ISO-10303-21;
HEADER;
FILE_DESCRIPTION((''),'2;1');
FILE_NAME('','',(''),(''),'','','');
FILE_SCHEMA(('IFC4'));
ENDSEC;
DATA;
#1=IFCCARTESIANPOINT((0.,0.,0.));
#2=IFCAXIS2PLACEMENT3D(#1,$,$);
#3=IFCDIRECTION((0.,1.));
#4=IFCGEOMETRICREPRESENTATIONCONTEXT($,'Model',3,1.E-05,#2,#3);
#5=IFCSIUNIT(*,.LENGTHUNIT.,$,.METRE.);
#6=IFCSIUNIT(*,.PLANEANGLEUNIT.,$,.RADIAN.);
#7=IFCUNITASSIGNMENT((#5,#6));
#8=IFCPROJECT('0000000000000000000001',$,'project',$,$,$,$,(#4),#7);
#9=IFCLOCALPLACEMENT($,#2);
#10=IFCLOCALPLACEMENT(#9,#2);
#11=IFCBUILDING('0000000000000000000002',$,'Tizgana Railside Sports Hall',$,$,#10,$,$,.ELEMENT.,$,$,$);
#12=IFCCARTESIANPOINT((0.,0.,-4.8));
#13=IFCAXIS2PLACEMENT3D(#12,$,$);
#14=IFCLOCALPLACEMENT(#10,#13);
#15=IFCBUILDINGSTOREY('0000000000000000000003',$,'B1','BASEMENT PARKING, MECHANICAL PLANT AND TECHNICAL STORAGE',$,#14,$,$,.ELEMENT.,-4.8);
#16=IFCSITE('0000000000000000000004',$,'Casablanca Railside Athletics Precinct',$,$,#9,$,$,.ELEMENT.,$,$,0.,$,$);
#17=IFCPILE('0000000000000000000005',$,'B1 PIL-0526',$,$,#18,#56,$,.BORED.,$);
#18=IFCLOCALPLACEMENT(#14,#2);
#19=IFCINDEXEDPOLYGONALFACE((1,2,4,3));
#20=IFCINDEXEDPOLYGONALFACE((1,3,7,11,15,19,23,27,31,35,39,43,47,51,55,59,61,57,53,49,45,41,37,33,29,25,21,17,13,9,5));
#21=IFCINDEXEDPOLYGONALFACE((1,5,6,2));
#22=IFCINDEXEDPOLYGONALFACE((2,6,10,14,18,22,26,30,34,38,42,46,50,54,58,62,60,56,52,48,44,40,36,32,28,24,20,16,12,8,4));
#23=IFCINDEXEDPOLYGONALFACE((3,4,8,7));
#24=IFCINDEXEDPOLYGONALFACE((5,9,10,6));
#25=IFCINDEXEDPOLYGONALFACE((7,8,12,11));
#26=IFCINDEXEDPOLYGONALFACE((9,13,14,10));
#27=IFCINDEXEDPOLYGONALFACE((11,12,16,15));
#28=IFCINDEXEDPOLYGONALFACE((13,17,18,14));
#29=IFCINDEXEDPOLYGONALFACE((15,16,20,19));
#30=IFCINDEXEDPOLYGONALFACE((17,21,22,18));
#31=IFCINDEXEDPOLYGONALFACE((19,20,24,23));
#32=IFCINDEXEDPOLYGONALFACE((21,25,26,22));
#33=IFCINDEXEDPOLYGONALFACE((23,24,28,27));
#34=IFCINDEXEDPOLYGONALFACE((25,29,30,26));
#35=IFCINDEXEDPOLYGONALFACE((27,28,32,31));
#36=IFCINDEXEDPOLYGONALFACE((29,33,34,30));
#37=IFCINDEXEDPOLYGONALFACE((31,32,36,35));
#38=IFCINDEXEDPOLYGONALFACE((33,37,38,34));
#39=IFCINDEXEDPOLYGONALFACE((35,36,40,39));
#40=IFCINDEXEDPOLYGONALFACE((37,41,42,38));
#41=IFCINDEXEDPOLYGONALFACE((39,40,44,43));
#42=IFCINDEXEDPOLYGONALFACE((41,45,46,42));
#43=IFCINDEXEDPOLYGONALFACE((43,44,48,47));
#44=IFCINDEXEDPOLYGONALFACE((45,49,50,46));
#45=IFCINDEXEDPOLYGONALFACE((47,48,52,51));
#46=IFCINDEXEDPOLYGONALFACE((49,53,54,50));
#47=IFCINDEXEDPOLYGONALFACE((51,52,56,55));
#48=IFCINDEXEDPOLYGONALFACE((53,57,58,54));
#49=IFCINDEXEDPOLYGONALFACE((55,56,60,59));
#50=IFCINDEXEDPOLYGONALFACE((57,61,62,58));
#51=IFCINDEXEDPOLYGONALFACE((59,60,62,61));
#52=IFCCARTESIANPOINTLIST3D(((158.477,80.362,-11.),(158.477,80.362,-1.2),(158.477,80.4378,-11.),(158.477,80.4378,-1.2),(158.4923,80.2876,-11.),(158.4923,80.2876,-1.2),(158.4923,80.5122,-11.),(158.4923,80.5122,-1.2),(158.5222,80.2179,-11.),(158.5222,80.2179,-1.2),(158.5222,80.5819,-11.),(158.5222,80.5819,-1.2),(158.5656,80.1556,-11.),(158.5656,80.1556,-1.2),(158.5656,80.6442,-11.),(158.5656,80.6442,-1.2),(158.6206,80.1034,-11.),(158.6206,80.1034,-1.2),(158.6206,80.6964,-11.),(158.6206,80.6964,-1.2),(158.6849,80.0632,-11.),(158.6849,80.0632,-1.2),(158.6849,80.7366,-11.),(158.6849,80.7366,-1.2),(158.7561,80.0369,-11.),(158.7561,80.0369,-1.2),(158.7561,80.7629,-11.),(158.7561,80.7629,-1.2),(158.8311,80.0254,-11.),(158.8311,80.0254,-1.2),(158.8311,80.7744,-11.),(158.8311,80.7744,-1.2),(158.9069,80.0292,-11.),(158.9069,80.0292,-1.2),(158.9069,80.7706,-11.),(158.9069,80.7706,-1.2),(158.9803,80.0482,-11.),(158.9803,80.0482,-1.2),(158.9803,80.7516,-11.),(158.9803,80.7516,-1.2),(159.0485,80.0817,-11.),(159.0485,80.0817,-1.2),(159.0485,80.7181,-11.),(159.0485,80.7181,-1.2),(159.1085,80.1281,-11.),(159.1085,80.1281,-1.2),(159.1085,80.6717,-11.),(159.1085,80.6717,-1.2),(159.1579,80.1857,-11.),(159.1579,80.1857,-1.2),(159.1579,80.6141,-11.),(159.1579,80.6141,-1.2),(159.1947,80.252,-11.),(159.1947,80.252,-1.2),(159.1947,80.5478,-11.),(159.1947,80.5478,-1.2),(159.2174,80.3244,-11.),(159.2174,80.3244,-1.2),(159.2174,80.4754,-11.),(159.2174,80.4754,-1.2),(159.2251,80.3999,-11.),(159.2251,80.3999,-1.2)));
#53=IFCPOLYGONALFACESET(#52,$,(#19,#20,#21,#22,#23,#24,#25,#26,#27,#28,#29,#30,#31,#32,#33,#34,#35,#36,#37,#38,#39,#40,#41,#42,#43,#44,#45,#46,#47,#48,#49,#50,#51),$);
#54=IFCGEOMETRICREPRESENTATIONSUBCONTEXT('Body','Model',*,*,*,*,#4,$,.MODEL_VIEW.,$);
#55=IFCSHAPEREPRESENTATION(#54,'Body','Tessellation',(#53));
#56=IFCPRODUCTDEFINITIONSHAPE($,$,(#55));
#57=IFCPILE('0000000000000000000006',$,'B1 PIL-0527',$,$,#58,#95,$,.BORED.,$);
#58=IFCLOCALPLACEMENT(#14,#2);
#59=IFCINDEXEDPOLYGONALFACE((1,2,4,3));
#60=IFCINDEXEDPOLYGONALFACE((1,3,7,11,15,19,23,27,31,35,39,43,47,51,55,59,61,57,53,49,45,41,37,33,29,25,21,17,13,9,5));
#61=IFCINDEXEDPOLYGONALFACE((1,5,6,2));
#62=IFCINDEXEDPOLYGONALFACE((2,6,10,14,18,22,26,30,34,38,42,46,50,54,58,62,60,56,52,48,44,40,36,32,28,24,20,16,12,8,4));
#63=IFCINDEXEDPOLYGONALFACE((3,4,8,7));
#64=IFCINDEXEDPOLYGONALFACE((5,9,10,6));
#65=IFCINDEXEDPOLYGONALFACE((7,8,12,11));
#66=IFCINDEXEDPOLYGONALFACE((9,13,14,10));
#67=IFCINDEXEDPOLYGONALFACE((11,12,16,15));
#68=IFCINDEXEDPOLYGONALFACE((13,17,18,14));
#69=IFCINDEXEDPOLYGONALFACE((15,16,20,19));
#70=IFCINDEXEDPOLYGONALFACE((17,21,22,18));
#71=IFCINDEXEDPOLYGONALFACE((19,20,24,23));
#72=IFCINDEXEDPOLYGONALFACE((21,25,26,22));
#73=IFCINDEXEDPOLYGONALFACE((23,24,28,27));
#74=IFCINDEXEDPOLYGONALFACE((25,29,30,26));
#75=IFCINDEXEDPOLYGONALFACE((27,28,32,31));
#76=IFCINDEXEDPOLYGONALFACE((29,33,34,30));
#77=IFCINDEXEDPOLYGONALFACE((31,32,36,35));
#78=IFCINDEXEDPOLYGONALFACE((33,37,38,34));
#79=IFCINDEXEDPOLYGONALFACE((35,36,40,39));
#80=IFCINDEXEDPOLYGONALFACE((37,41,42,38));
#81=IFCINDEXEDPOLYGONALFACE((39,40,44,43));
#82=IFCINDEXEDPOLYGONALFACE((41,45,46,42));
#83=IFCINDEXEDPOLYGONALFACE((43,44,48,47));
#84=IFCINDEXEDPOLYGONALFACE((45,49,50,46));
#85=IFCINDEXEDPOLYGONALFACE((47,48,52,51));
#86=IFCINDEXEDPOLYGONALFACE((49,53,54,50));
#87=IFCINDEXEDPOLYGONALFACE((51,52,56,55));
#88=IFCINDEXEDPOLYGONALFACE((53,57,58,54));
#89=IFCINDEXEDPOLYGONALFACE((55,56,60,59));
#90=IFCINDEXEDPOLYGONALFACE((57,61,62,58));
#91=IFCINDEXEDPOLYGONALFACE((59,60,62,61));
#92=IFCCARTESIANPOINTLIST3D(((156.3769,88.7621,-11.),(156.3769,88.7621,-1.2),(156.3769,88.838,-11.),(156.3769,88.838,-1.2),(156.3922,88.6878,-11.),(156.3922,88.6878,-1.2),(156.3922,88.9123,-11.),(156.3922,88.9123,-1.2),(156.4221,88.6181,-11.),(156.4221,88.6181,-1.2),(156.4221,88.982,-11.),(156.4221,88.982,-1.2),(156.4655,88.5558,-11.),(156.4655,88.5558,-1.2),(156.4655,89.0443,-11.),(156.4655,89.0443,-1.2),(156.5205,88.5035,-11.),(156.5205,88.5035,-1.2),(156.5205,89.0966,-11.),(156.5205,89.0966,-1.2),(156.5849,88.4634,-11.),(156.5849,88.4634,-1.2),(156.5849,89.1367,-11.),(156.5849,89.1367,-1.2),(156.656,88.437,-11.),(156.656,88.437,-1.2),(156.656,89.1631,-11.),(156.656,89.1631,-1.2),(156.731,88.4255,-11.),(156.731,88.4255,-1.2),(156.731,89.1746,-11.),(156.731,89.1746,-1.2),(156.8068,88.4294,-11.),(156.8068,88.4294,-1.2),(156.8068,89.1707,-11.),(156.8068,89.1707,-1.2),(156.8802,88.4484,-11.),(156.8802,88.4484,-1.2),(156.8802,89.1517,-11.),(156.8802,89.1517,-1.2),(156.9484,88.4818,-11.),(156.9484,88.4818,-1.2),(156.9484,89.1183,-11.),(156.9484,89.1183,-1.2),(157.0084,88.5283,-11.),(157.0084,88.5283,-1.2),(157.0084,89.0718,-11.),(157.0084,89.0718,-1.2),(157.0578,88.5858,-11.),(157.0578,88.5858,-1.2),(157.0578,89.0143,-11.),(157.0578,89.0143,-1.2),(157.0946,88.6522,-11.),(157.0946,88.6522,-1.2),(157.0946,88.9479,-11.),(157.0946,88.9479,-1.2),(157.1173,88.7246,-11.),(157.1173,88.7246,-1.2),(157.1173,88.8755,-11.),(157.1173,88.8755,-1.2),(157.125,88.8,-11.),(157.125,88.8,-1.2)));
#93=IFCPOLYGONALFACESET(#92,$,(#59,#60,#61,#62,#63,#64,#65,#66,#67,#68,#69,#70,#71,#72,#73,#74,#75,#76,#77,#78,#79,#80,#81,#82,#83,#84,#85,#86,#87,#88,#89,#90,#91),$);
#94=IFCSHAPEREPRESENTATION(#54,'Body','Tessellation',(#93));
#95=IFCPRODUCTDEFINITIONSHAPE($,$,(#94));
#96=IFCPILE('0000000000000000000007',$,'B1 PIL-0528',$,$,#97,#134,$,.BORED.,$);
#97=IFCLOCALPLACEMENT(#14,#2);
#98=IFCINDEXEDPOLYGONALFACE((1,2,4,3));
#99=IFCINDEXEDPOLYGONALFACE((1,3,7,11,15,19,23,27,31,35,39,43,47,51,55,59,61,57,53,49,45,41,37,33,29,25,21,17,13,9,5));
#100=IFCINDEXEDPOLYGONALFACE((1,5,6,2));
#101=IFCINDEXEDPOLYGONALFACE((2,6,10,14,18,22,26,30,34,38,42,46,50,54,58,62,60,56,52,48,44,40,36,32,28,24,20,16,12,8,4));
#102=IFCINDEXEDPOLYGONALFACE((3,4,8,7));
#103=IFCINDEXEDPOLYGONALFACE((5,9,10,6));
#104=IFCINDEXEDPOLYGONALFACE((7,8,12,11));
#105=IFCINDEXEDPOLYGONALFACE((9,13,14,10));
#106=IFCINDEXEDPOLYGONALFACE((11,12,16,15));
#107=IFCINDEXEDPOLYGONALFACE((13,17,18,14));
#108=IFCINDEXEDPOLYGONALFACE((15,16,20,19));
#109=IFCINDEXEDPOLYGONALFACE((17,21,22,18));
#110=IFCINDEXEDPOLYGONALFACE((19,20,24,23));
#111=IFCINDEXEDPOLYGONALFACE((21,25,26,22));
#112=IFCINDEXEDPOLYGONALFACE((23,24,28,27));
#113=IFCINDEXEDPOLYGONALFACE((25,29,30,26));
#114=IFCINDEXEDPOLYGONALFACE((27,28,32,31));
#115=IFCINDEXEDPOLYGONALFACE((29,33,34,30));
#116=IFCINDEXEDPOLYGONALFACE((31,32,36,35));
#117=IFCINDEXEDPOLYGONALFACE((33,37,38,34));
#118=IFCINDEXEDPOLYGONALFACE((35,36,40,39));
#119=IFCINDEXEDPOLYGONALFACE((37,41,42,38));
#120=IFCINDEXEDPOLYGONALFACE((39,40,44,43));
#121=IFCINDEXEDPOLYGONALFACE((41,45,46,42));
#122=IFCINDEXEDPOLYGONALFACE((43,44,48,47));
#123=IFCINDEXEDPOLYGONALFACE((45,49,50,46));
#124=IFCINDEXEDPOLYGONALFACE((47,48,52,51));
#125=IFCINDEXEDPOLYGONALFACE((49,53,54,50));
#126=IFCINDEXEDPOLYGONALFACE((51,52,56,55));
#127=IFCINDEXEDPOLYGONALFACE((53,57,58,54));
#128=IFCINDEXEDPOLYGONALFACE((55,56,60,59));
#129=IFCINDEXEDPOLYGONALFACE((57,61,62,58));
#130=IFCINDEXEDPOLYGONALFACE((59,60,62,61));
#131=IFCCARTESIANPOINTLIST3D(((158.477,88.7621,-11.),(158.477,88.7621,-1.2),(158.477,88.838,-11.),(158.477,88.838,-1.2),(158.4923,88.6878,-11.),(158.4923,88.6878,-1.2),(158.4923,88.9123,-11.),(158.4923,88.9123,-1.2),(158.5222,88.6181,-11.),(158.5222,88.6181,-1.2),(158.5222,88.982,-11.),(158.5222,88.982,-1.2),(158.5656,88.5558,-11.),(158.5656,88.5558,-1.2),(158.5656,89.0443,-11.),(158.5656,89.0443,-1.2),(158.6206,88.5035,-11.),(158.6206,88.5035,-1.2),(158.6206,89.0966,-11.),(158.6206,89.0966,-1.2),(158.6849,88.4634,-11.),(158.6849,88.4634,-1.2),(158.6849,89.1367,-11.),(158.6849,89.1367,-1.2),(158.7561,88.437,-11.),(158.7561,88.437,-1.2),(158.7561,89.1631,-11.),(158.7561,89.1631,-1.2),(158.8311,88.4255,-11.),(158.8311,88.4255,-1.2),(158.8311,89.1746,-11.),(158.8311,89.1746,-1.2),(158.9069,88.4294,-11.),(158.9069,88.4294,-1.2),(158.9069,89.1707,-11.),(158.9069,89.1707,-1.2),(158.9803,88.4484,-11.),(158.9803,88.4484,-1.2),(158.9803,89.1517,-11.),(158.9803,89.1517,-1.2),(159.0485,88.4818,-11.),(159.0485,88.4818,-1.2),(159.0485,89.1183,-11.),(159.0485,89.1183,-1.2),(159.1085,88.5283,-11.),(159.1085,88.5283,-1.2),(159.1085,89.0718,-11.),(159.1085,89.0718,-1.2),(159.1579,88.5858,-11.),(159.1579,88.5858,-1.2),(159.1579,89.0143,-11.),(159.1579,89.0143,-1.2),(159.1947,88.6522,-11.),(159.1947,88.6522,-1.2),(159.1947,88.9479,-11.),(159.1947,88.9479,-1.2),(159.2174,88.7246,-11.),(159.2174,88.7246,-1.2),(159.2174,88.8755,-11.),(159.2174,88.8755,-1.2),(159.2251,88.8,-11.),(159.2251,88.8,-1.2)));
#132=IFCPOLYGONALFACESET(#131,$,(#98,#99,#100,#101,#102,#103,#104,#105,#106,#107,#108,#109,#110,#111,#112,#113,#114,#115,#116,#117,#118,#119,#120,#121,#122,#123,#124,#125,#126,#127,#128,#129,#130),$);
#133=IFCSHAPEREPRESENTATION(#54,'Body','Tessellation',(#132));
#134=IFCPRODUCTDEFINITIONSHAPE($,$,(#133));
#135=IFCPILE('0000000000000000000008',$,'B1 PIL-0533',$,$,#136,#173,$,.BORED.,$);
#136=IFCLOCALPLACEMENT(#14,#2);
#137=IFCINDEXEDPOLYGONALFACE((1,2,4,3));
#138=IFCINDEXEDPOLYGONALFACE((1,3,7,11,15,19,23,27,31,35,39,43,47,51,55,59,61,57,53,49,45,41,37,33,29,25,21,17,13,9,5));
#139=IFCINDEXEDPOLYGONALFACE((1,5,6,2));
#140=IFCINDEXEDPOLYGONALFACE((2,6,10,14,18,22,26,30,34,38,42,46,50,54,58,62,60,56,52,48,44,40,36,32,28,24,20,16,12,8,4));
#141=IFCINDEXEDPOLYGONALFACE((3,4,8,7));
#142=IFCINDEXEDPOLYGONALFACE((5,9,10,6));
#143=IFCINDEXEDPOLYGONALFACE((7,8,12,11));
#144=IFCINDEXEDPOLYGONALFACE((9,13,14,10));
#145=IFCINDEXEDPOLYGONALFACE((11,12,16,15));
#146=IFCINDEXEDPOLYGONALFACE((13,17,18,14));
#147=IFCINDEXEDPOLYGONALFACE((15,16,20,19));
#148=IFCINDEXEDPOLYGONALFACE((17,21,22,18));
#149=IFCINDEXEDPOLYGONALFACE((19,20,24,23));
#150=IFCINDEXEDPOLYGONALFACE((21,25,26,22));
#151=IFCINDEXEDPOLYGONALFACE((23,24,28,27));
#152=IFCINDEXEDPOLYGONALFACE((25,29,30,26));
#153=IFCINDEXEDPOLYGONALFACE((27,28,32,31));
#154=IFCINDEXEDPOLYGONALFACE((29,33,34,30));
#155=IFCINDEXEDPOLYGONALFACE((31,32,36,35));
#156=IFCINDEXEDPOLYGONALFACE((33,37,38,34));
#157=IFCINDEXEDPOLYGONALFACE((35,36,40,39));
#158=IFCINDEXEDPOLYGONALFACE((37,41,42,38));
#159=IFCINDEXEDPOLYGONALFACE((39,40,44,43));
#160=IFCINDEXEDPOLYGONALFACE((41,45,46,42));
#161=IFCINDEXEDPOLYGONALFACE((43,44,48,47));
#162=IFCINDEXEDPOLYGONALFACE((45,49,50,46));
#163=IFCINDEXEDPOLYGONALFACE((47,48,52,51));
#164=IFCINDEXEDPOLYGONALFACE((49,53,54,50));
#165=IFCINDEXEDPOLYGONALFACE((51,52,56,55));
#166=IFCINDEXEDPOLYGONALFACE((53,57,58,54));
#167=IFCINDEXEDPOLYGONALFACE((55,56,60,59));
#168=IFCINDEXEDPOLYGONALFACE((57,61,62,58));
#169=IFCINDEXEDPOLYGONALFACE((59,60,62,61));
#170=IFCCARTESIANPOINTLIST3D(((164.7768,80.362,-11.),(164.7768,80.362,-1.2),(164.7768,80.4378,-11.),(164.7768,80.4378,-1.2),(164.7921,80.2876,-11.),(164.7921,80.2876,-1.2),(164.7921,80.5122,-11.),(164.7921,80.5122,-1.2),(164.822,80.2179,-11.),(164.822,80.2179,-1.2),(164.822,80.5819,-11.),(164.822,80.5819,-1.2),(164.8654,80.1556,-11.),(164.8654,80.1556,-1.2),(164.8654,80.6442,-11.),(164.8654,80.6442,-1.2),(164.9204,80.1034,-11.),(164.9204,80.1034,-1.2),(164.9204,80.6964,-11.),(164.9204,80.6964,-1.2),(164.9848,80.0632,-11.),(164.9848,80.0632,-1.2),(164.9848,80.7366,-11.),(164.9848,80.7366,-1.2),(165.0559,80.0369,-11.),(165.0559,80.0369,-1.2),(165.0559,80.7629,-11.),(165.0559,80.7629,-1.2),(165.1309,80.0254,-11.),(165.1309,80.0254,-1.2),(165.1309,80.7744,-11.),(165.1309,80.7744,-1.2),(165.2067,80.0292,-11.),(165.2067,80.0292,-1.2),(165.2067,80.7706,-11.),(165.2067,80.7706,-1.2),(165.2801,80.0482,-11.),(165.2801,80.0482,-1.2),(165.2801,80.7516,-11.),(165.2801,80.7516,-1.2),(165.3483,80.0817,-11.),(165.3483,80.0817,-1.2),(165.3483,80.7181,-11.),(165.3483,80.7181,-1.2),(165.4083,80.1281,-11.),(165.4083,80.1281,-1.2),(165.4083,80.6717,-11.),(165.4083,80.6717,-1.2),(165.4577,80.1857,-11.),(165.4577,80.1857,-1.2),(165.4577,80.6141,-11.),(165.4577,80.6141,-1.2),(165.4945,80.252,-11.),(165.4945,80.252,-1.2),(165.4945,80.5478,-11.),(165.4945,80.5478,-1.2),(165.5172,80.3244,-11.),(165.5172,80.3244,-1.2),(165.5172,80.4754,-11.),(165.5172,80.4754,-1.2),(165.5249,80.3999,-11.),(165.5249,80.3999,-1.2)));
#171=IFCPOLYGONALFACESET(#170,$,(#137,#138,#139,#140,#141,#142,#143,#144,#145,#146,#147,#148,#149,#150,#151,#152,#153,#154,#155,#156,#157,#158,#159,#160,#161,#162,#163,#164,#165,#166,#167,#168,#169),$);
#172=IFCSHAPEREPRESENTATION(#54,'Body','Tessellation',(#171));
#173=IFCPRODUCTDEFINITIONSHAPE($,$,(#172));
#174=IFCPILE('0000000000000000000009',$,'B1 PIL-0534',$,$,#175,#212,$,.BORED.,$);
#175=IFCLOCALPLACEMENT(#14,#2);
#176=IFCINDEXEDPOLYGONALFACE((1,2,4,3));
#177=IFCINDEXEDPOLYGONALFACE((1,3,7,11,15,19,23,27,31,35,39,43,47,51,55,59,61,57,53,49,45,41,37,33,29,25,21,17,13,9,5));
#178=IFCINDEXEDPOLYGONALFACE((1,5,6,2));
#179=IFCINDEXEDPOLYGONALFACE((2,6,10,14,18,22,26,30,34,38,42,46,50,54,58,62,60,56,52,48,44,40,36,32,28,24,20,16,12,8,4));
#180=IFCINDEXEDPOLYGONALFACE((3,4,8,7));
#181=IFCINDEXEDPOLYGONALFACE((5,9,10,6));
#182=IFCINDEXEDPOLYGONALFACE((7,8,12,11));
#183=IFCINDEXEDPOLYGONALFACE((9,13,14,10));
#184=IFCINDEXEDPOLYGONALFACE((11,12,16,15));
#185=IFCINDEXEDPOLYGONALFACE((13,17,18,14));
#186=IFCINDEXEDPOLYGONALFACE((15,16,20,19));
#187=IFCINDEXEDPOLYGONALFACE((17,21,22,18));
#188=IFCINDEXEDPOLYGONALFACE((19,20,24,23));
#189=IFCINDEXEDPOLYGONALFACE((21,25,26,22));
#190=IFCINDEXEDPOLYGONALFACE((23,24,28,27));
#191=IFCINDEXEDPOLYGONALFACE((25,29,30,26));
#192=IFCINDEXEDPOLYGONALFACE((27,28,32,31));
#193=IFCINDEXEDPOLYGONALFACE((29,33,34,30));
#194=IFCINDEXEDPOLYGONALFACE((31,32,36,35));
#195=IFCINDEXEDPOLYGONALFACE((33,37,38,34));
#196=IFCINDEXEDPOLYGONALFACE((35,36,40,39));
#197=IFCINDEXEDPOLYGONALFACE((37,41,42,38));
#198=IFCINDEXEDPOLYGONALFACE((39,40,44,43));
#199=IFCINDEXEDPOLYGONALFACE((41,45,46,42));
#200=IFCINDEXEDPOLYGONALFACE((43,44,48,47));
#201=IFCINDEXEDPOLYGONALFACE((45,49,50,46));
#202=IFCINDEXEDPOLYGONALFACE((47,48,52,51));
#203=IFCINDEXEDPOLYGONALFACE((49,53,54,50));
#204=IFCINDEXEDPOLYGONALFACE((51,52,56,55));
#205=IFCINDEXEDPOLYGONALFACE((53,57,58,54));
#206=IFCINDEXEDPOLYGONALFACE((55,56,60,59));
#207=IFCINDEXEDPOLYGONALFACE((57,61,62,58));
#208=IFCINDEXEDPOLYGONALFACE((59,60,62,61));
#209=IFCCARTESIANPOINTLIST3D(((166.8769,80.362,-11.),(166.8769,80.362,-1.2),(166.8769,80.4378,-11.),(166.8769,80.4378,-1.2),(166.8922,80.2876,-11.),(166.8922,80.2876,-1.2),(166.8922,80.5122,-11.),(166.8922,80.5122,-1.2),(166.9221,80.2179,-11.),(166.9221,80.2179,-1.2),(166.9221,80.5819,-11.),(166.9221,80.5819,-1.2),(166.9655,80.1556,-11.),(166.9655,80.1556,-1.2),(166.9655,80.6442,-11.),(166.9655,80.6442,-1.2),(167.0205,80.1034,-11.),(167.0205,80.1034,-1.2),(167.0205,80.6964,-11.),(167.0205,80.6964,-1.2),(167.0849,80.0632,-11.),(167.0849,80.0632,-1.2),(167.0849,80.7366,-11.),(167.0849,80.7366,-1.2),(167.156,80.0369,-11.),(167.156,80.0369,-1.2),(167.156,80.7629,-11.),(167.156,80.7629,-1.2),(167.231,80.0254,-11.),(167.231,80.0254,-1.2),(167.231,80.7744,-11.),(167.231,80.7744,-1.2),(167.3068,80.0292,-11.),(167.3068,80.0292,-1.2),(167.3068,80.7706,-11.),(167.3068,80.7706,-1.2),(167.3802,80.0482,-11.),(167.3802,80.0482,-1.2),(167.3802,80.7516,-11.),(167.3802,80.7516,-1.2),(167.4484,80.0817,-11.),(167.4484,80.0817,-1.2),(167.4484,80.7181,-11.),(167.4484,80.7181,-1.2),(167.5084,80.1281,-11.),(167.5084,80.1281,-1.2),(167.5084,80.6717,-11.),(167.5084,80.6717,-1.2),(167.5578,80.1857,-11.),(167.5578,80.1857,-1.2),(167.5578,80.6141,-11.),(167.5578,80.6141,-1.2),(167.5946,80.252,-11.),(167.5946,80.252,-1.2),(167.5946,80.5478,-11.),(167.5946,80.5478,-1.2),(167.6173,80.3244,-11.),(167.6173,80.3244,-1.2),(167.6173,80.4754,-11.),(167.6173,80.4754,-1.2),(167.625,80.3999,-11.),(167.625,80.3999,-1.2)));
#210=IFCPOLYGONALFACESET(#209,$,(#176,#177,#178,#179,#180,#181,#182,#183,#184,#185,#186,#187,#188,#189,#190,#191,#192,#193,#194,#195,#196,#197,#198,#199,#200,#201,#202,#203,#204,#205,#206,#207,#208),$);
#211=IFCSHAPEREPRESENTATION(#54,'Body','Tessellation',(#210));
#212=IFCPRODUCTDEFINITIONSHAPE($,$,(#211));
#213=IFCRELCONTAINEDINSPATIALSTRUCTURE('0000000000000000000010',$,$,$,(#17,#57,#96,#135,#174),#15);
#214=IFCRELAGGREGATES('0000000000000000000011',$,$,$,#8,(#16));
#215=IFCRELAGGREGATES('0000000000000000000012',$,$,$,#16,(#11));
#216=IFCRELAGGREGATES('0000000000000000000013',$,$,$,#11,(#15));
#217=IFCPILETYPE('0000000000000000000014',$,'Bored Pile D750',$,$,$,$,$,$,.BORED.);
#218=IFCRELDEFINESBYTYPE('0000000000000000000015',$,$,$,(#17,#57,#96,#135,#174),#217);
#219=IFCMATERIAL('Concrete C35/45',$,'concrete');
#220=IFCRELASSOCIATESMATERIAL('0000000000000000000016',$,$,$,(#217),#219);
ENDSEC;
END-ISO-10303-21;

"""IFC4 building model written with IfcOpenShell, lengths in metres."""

from ifc_helpers import new_model, si_unit, direction, frame, origin, origin_2d, place, context, subcontext, project, spatial, circle, extrude, material, material_profile, profile_set, type_object, element, save


model = new_model("IFC4")

# Units and contexts
model_context = context("Model", 3, precision=1e-05, world=origin(), true_north=direction((0.0, 1.0)))
body_context = subcontext(model_context, "Body", "Model", "MODEL_VIEW")
ifc_project = project(units=[si_unit("LENGTHUNIT", "METRE"), si_unit("PLANEANGLEUNIT", "RADIAN")], contexts=[model_context])

# Site, building, storey
site_placement = place(None, origin())
site = spatial("IfcSite", under=ifc_project, at=site_placement, Name="Casablanca Railside Athletics Precinct", CompositionType="ELEMENT", RefElevation=0.0)
building_placement = place(site_placement, origin())
building = spatial("IfcBuilding", under=site, at=building_placement, Name="Tizgana Railside Sports Hall", CompositionType="ELEMENT")
storey_placement = place(building_placement, frame((0.0, 0.0, -4.8)))
storey = spatial("IfcBuildingStorey", under=building, at=storey_placement, Name="B1", Description="BASEMENT PARKING, MECHANICAL PLANT AND TECHNICAL STORAGE", CompositionType="ELEMENT", Elevation=-4.8)

# Piles
ifc_material_1 = material(Name="Concrete C35/45", Category="concrete")
ifc_material_profile_1 = material_profile(ifc_material_1, circle(Radius=0.375, at=origin_2d()), Name="PILE D750")
ifc_profile_set_1 = profile_set([ifc_material_profile_1], Name="Concrete C35/45")
pile_type = type_object("IfcPileType", Name="Bored Pile D750", PredefinedType="BORED", material=ifc_profile_set_1)
for number, where, z_axis, x_axis, name in (
    (1, (158.8501, 80.3999, -1.2), (0.0, 0.0, -1.0), (1.0, 0.0, 0.0), "B1 PIL-0526"),
    (2, (156.75, 88.8, -1.2), (0.0, 0.0, -1.0), (1.0, 0.0, 0.0), "B1 PIL-0527"),
    (3, (158.8501, 88.8, -1.2), (0.0, 0.0, -1.0), (1.0, 0.0, 0.0), "B1 PIL-0528"),
    (4, (165.1499, 80.3999, -1.2), (0.0, 0.0, -1.0), (1.0, 0.0, 0.0), "B1 PIL-0533"),
    (5, (167.25, 80.3999, -1.2), (0.0, 0.0, -1.0), (1.0, 0.0, 0.0), "B1 PIL-0534"),
):
    element("IfcPile", number, at=place(storey_placement, frame(where, z_axis=z_axis, x_axis=x_axis)), inside=storey, type_object=pile_type, Name=name, PredefinedType="BORED", context=body_context, shape_type="SweptSolid", body=[
        extrude(circle(Radius=0.375, at=origin_2d()), origin(), (0.0, 0.0, 1.0), 9.8),
    ])

save(model, "model.ifc")
